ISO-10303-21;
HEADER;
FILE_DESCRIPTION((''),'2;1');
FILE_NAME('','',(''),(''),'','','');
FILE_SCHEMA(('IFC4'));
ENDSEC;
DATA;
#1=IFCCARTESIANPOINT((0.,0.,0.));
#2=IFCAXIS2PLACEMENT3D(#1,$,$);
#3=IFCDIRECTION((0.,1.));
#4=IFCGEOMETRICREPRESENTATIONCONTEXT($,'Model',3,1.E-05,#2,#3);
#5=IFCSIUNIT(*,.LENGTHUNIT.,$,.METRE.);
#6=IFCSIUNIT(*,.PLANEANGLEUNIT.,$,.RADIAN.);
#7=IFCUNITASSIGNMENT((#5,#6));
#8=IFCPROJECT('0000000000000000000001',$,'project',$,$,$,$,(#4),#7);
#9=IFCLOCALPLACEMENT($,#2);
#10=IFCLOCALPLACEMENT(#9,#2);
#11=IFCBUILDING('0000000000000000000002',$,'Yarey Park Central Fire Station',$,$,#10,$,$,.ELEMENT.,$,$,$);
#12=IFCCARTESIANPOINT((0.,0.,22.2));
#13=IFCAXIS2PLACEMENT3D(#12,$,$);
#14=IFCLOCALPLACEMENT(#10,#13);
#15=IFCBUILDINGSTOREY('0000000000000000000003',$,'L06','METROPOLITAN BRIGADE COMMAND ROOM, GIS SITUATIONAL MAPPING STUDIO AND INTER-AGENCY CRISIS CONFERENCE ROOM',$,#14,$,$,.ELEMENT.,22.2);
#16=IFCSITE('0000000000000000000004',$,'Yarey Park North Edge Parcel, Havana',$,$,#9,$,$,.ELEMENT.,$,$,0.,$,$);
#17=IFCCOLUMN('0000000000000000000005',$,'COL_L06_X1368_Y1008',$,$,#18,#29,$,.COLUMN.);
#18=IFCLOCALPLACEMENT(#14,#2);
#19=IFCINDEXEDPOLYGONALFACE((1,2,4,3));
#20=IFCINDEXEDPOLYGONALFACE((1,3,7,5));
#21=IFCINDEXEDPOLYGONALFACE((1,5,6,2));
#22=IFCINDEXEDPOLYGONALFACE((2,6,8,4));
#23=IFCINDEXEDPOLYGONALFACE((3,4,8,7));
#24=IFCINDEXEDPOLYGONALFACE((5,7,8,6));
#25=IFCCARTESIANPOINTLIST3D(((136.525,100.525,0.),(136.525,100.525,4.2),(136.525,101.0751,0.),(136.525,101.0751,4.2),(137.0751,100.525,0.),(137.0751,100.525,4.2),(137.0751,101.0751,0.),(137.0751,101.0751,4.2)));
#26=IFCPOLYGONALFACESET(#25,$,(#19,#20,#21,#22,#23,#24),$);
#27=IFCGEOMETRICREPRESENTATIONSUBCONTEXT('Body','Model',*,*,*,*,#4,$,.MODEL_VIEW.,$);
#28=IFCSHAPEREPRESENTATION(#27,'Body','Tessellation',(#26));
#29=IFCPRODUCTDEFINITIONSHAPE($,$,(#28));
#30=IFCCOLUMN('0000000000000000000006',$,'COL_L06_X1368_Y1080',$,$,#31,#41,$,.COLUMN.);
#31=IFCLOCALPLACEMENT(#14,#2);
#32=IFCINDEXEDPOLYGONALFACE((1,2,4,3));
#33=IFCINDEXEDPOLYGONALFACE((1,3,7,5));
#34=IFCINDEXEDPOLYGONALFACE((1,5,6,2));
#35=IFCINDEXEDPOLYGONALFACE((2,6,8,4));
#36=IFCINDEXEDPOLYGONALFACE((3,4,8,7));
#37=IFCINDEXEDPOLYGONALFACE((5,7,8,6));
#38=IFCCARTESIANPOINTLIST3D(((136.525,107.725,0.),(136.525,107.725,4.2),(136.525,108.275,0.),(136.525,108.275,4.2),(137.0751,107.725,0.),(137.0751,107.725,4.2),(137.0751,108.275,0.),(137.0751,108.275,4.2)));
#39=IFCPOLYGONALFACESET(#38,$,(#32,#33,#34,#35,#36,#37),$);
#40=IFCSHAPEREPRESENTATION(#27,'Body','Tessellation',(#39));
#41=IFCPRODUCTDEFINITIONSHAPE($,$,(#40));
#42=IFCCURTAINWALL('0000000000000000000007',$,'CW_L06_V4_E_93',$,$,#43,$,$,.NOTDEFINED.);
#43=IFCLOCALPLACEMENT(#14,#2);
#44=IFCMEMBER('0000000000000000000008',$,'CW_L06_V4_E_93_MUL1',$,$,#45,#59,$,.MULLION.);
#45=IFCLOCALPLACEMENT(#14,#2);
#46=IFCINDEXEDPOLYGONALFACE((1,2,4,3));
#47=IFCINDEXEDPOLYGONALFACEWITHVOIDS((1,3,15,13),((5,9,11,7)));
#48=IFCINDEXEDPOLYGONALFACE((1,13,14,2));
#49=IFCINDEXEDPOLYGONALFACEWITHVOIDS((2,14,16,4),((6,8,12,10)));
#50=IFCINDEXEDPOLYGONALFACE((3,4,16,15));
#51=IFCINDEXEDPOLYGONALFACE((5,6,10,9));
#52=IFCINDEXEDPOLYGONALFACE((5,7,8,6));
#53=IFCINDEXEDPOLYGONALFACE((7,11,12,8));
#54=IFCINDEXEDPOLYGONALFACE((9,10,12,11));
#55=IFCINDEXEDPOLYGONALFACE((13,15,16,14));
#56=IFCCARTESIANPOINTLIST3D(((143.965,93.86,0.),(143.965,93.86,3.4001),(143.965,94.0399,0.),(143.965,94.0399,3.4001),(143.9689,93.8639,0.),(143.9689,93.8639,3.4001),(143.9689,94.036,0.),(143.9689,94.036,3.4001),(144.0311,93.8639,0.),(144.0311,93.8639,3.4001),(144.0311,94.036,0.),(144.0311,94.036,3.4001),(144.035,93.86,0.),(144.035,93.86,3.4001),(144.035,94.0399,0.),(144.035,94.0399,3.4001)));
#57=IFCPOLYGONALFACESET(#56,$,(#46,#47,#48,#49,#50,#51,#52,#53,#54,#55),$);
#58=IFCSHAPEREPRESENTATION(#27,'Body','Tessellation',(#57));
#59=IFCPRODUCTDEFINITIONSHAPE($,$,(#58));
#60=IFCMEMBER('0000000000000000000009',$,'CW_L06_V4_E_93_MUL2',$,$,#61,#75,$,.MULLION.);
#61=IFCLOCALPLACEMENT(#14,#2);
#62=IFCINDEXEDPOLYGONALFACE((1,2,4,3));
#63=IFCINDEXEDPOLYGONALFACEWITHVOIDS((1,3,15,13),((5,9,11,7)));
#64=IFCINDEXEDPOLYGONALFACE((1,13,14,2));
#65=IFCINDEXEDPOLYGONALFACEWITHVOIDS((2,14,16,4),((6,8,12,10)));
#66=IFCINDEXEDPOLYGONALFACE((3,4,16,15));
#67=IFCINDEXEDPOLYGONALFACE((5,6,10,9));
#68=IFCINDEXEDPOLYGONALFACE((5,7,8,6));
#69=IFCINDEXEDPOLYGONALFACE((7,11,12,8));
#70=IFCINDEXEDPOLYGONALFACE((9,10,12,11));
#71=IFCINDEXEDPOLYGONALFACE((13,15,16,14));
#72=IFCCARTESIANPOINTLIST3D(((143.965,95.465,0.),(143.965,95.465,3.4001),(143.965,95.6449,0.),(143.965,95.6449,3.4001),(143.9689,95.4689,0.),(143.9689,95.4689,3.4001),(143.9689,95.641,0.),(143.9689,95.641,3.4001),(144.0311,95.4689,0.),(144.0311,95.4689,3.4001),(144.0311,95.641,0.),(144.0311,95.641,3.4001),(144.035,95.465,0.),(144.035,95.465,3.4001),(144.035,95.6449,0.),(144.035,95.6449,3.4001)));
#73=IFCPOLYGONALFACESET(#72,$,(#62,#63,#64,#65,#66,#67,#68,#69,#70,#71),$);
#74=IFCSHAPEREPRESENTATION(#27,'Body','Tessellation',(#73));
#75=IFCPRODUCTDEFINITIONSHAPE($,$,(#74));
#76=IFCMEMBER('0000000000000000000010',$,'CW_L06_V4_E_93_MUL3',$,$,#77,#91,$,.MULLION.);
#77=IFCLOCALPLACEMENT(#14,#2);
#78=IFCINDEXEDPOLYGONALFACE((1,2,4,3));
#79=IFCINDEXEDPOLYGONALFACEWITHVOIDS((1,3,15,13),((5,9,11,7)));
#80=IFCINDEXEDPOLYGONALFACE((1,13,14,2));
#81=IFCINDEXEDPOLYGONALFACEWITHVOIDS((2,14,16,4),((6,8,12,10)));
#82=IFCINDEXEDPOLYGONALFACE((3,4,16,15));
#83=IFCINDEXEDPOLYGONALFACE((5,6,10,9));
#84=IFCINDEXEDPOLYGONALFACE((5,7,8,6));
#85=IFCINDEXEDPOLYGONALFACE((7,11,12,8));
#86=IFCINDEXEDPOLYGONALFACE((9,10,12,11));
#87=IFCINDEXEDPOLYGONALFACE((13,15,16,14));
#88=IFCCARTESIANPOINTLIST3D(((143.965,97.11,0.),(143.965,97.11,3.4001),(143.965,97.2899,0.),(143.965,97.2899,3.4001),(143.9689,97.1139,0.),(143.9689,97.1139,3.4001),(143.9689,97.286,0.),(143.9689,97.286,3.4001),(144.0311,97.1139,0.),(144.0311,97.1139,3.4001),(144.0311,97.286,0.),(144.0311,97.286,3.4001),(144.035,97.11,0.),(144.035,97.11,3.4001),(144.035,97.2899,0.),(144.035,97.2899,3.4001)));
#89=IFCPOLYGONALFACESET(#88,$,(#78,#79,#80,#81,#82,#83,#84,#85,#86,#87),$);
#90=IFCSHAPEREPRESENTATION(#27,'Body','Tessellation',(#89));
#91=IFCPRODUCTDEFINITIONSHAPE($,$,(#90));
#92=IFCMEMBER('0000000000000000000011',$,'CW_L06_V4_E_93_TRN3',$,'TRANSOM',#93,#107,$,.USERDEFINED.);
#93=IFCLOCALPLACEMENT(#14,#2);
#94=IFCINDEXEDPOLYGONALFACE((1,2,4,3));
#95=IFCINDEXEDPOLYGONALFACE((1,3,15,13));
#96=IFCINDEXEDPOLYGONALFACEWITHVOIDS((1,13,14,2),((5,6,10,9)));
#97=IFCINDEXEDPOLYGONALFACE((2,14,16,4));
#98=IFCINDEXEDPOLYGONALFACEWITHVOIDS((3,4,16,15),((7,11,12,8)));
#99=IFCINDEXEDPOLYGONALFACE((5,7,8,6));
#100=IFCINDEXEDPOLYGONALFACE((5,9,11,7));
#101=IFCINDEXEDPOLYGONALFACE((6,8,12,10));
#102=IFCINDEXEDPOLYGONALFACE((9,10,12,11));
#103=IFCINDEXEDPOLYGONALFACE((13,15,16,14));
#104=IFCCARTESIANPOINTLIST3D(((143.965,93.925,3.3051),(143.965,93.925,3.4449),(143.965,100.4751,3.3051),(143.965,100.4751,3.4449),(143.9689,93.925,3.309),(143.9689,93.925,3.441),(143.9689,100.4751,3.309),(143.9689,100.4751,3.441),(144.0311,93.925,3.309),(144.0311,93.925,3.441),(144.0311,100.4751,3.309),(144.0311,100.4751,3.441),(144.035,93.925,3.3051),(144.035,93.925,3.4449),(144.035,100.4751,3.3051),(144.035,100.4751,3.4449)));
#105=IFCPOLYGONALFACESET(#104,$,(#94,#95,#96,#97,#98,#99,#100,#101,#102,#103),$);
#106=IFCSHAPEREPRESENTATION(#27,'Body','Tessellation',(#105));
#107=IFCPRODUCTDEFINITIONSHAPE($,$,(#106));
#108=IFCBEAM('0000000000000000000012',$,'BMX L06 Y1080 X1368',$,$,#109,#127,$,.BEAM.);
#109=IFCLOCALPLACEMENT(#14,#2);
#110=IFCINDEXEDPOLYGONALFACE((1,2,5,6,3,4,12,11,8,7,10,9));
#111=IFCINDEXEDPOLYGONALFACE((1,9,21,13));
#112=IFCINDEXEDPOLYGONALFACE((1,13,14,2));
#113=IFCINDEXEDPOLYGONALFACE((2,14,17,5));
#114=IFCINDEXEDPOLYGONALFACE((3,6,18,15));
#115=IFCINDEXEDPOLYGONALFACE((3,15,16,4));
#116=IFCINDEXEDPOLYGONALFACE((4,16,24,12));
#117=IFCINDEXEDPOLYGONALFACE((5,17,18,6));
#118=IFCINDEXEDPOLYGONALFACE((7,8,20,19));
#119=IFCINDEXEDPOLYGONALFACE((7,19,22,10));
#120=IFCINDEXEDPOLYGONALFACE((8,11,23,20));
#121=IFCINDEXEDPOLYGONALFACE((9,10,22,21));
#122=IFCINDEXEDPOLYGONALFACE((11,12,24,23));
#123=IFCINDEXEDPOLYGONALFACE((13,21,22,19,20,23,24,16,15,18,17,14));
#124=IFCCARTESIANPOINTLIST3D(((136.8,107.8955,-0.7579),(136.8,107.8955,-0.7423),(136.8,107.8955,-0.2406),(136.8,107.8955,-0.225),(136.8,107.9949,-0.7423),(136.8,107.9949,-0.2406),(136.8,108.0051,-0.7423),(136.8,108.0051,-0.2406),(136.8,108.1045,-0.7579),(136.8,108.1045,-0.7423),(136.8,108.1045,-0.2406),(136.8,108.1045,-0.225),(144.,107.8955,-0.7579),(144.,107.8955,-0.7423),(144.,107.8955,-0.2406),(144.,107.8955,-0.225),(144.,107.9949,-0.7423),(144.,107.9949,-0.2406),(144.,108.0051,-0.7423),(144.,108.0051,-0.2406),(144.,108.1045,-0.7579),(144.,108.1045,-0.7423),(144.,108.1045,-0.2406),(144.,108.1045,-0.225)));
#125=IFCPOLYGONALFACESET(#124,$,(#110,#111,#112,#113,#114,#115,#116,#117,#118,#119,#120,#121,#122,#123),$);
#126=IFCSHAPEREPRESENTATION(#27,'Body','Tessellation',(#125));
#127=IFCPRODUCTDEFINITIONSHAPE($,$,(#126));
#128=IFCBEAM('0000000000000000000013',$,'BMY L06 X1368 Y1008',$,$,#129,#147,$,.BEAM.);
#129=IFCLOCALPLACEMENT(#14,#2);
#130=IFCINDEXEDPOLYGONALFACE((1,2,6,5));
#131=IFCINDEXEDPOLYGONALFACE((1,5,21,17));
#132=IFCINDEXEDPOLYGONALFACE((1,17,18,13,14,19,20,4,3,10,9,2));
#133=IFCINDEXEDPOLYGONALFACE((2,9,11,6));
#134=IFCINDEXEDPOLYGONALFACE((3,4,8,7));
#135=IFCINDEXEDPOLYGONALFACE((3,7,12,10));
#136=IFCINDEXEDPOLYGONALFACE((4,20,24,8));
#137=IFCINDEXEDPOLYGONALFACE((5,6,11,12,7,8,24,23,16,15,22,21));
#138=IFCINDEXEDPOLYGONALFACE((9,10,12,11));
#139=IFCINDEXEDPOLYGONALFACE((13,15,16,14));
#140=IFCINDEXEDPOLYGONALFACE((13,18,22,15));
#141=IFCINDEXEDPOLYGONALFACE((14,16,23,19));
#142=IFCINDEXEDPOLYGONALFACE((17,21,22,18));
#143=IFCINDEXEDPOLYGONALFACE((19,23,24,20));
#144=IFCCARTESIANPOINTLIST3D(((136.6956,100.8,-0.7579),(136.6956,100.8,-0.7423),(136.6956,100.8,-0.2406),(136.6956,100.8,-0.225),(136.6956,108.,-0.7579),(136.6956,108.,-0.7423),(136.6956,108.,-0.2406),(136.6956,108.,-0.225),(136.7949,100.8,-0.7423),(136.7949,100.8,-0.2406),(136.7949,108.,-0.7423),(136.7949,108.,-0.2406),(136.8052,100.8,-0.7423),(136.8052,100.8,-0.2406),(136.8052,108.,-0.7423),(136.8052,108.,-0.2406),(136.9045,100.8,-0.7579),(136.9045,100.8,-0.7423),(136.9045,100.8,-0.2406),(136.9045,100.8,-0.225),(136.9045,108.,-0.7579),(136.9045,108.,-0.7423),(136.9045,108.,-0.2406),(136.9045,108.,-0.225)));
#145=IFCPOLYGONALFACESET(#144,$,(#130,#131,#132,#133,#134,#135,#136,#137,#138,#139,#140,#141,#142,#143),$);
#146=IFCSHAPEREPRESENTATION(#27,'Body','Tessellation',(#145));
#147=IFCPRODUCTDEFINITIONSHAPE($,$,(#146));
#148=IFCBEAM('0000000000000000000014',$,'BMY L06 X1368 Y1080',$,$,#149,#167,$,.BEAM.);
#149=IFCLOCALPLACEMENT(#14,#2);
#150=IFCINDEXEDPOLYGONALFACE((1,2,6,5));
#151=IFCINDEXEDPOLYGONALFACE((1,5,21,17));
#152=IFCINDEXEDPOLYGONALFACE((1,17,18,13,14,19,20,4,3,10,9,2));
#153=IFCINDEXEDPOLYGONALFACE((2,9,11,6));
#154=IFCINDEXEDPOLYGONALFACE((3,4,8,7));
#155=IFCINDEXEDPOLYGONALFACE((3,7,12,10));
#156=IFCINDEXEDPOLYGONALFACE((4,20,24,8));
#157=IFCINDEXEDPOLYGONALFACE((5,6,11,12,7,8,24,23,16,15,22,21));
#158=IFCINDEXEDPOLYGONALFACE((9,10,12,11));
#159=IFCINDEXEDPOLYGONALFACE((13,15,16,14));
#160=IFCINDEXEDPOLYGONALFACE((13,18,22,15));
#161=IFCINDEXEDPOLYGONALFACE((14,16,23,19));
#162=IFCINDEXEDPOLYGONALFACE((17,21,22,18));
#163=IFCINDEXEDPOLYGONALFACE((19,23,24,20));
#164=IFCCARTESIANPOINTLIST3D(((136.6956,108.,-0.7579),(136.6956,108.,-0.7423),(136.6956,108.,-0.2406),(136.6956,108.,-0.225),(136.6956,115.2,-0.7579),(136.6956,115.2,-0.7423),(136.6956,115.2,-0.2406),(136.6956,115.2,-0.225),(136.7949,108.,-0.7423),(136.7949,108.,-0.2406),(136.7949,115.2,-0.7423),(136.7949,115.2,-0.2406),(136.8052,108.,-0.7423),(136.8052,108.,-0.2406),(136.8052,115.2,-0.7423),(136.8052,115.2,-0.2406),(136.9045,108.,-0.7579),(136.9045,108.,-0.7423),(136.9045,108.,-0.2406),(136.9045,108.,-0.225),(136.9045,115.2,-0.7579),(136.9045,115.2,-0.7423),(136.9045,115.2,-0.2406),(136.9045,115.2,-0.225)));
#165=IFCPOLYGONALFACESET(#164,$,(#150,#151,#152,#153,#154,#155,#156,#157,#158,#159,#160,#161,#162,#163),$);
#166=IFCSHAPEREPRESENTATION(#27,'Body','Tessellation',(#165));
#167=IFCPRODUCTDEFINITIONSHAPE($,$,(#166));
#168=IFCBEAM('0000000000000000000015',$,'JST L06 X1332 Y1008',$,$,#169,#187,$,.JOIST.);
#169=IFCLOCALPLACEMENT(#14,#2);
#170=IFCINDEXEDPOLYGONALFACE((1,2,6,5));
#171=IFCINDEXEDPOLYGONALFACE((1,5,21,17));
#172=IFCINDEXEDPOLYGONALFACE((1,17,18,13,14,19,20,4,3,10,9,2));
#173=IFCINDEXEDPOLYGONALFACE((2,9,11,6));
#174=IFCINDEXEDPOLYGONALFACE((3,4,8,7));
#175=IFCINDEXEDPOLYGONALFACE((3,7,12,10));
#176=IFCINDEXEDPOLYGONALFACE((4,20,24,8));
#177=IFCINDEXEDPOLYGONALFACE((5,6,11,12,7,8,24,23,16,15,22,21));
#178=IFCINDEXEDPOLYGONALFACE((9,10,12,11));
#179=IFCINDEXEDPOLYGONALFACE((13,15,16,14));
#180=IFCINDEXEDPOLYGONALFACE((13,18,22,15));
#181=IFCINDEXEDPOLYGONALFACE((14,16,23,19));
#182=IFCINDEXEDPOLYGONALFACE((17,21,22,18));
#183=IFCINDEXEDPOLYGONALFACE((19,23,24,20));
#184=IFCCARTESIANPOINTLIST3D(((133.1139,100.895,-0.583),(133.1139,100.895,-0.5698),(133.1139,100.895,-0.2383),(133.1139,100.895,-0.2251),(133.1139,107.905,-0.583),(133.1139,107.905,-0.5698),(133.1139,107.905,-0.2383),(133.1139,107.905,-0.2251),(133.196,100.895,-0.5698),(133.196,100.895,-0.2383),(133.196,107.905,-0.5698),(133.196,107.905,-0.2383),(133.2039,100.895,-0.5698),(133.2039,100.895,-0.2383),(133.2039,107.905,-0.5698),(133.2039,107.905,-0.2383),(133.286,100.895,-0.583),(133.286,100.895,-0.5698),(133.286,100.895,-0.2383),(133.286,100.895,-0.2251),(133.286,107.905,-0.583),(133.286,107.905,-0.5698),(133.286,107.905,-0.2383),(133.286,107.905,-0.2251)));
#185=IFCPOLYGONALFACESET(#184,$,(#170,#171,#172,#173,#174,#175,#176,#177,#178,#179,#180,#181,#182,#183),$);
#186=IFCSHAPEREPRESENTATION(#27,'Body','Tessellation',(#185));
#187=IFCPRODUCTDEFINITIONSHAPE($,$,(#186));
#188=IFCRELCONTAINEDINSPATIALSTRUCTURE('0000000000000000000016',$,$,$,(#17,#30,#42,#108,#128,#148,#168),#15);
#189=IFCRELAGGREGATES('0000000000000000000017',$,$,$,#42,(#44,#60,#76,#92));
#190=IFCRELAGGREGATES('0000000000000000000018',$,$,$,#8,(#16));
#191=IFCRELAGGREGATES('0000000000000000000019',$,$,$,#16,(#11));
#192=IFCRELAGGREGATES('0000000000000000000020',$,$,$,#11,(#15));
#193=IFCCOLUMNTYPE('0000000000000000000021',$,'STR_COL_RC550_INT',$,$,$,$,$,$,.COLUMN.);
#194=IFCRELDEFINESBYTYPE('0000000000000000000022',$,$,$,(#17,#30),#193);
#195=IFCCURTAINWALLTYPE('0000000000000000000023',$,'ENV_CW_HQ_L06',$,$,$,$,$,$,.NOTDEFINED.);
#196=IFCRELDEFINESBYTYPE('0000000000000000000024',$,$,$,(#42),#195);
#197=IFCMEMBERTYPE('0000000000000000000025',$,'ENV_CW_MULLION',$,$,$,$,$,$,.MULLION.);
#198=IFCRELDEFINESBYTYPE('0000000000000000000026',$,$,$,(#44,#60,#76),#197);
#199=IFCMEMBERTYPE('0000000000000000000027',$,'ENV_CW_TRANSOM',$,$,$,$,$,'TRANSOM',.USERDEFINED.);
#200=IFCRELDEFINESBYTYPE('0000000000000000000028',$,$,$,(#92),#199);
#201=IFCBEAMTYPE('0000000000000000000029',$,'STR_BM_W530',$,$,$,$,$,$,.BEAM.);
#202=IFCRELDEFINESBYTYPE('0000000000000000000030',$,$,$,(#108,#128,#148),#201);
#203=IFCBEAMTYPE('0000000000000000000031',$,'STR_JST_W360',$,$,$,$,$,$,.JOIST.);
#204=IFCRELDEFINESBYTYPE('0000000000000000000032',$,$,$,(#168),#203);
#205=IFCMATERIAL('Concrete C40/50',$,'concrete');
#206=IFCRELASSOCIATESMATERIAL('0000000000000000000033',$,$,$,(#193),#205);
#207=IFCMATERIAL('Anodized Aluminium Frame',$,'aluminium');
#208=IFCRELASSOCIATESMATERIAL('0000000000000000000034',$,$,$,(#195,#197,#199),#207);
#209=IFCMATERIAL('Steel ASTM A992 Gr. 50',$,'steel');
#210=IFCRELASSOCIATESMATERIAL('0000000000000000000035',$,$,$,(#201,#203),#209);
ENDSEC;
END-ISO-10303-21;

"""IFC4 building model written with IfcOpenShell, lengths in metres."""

from ifc_helpers import new_model, si_unit, direction, frame, origin, origin_2d, place, context, subcontext, project, spatial, rectangle, hollow_rectangle, i_section, extrude, material, material_profile, profile_set, type_object, element, aggregate, save


model = new_model("IFC4")

# Units and contexts
model_context = context("Model", 3, precision=1e-05, world=origin(), true_north=direction((0.0, 1.0)))
body_context = subcontext(model_context, "Body", "Model", "MODEL_VIEW")
ifc_project = project(units=[si_unit("LENGTHUNIT", "METRE"), si_unit("PLANEANGLEUNIT", "RADIAN")], contexts=[model_context])

# Site, building, storey
site_placement = place(None, origin())
site = spatial("IfcSite", under=ifc_project, at=site_placement, Name="Yarey Park North Edge Parcel, Havana", CompositionType="ELEMENT", RefElevation=0.0)
building_placement = place(site_placement, origin())
building = spatial("IfcBuilding", under=site, at=building_placement, Name="Yarey Park Central Fire Station", CompositionType="ELEMENT")
storey_placement = place(building_placement, frame((0.0, 0.0, 22.2)))
storey = spatial("IfcBuildingStorey", under=building, at=storey_placement, Name="L06", Description="METROPOLITAN BRIGADE COMMAND ROOM, GIS SITUATIONAL MAPPING STUDIO AND INTER-AGENCY CRISIS CONFERENCE ROOM", CompositionType="ELEMENT", Elevation=22.2)

# Columns
ifc_material_1 = material(Name="Concrete C40/50", Category="concrete")
ifc_material_profile_1 = material_profile(ifc_material_1, rectangle(XDim=0.55, YDim=0.55, at=origin_2d()), Name="RC 550x550")
ifc_profile_set_1 = profile_set([ifc_material_profile_1], Name="Concrete C40/50")
column_type = type_object("IfcColumnType", Name="STR_COL_RC550_INT", PredefinedType="COLUMN", material=ifc_profile_set_1)
for number, where, z_axis, x_axis, name in (
    (1, (136.8, 100.8, 0.0), (0.0, 0.0, 1.0), (1.0, 0.0, 0.0), "COL_L06_X1368_Y1008"),
    (2, (136.8, 108.0, 0.0), (0.0, 0.0, 1.0), (1.0, 0.0, 0.0), "COL_L06_X1368_Y1080"),
):
    element("IfcColumn", number, at=place(storey_placement, frame(where, z_axis=z_axis, x_axis=x_axis)), inside=storey, type_object=column_type, Name=name, PredefinedType="COLUMN", context=body_context, shape_type="SweptSolid", body=[
        extrude(rectangle(XDim=0.55, YDim=0.55, at=origin_2d()), origin(), (0.0, 0.0, 1.0), 4.2),
    ])

# Curtain wall, members
ifc_material_2 = material(Name="Anodized Aluminium Frame", Category="aluminium")
curtain_wall_type = type_object("IfcCurtainWallType", Name="ENV_CW_HQ_L06", PredefinedType="NOTDEFINED", material=ifc_material_2)
curtain_wall_placement = place(storey_placement, origin())
curtain_wall = element("IfcCurtainWall", 3, at=curtain_wall_placement, inside=storey, type_object=curtain_wall_type, Name="CW_L06_V4_E_93", PredefinedType="NOTDEFINED")
ifc_material_profile_2 = material_profile(ifc_material_2, hollow_rectangle(XDim=0.0701, YDim=0.1799, WallThickness=0.0039, at=origin_2d()), Name="ALU 180x70x4")
ifc_profile_set_2 = profile_set([ifc_material_profile_2], Name="Anodized Aluminium Frame")
member_type_1 = type_object("IfcMemberType", Name="ENV_CW_MULLION", PredefinedType="MULLION", material=ifc_profile_set_2)
member_1_placement = place(storey_placement, frame((144.0, 93.95, 0.0), z_axis=(0.0, 0.0, 1.0), x_axis=(1.0, 0.0, 0.0)))
member_1 = element("IfcMember", 4, at=member_1_placement, type_object=member_type_1, Name="CW_L06_V4_E_93_MUL1", PredefinedType="MULLION", context=body_context, shape_type="SweptSolid", body=[
    extrude(hollow_rectangle(XDim=0.0701, YDim=0.1799, WallThickness=0.0039, at=origin_2d()), origin(), (0.0, 0.0, 1.0), 3.4001),
])
member_2_placement = place(storey_placement, frame((144.0, 95.5549, 0.0), z_axis=(0.0, 0.0, 1.0), x_axis=(1.0, 0.0, 0.0)))
member_2 = element("IfcMember", 5, at=member_2_placement, type_object=member_type_1, Name="CW_L06_V4_E_93_MUL2", PredefinedType="MULLION", context=body_context, shape_type="SweptSolid", body=[
    extrude(hollow_rectangle(XDim=0.0701, YDim=0.1799, WallThickness=0.0039, at=origin_2d()), origin(), (0.0, 0.0, 1.0), 3.4001),
])
member_3_placement = place(storey_placement, frame((144.0, 97.2, 0.0), z_axis=(0.0, 0.0, 1.0), x_axis=(1.0, 0.0, 0.0)))
member_3 = element("IfcMember", 6, at=member_3_placement, type_object=member_type_1, Name="CW_L06_V4_E_93_MUL3", PredefinedType="MULLION", context=body_context, shape_type="SweptSolid", body=[
    extrude(hollow_rectangle(XDim=0.0701, YDim=0.1799, WallThickness=0.0039, at=origin_2d()), origin(), (0.0, 0.0, 1.0), 3.4001),
])
ifc_material_profile_3 = material_profile(ifc_material_2, hollow_rectangle(XDim=0.0701, YDim=0.1399, WallThickness=0.0039, at=origin_2d()), Name="ALU 140x70x4")
ifc_profile_set_3 = profile_set([ifc_material_profile_3], Name="Anodized Aluminium Frame")
member_type_2 = type_object("IfcMemberType", Name="ENV_CW_TRANSOM", ElementType="TRANSOM", PredefinedType="USERDEFINED", material=ifc_profile_set_3)
member_4_placement = place(storey_placement, frame((144.0, 93.925, 3.375), z_axis=(0.0, 1.0, 0.0), x_axis=(-1.0, 0.0, 0.0)))
member_4 = element("IfcMember", 7, at=member_4_placement, type_object=member_type_2, Name="CW_L06_V4_E_93_TRN3", ObjectType="TRANSOM", PredefinedType="USERDEFINED", context=body_context, shape_type="SweptSolid", body=[
    extrude(hollow_rectangle(XDim=0.0701, YDim=0.1399, WallThickness=0.0039, at=origin_2d()), origin(), (0.0, 0.0, 1.0), 6.55),
])

# Beams
ifc_material_3 = material(Name="Steel ASTM A992 Gr. 50", Category="steel")
ifc_material_profile_4 = material_profile(ifc_material_3, i_section(OverallWidth=0.209, OverallDepth=0.533, WebThickness=0.0103, FlangeThickness=0.0156, at=origin_2d()), Name="W530x92")
ifc_profile_set_4 = profile_set([ifc_material_profile_4], Name="Steel ASTM A992 Gr. 50")
beam_type_1 = type_object("IfcBeamType", Name="STR_BM_W530", PredefinedType="BEAM", material=ifc_profile_set_4)
for number, where, z_axis, x_axis, name in (
    (8, (136.8, 108.0, -0.4915), (1.0, 0.0, 0.0), (0.0, 1.0, 0.0), "BMX L06 Y1080 X1368"),
    (9, (136.8, 100.8, -0.4915), (0.0, 1.0, 0.0), (-1.0, 0.0, 0.0), "BMY L06 X1368 Y1008"),
    (10, (136.8, 108.0, -0.4915), (0.0, 1.0, 0.0), (-1.0, 0.0, 0.0), "BMY L06 X1368 Y1080"),
):
    element("IfcBeam", number, at=place(storey_placement, frame(where, z_axis=z_axis, x_axis=x_axis)), inside=storey, type_object=beam_type_1, Name=name, PredefinedType="BEAM", context=body_context, shape_type="SweptSolid", body=[
        extrude(i_section(OverallWidth=0.209, OverallDepth=0.533, WebThickness=0.0103, FlangeThickness=0.0156, at=origin_2d()), origin(), (0.0, 0.0, 1.0), 7.2),
    ])
ifc_material_profile_5 = material_profile(ifc_material_3, i_section(OverallWidth=0.1721, OverallDepth=0.3579, WebThickness=0.0078, FlangeThickness=0.0132, at=origin_2d()), Name="W360x57")
ifc_profile_set_5 = profile_set([ifc_material_profile_5], Name="Steel ASTM A992 Gr. 50")
beam_type_2 = type_object("IfcBeamType", Name="STR_JST_W360", PredefinedType="JOIST", material=ifc_profile_set_5)
beam_placement = place(storey_placement, frame((133.2, 100.895, -0.4041), z_axis=(0.0, 1.0, 0.0), x_axis=(-1.0, 0.0, 0.0)))
element("IfcBeam", 11, at=beam_placement, inside=storey, type_object=beam_type_2, Name="JST L06 X1332 Y1008", PredefinedType="JOIST", context=body_context, shape_type="SweptSolid", body=[
    extrude(i_section(OverallWidth=0.1721, OverallDepth=0.3579, WebThickness=0.0078, FlangeThickness=0.0132, at=origin_2d()), origin(), (0.0, 0.0, 1.0), 7.01),
])

aggregate(curtain_wall, [member_1, member_2, member_3, member_4])

save(model, "model.ifc")
